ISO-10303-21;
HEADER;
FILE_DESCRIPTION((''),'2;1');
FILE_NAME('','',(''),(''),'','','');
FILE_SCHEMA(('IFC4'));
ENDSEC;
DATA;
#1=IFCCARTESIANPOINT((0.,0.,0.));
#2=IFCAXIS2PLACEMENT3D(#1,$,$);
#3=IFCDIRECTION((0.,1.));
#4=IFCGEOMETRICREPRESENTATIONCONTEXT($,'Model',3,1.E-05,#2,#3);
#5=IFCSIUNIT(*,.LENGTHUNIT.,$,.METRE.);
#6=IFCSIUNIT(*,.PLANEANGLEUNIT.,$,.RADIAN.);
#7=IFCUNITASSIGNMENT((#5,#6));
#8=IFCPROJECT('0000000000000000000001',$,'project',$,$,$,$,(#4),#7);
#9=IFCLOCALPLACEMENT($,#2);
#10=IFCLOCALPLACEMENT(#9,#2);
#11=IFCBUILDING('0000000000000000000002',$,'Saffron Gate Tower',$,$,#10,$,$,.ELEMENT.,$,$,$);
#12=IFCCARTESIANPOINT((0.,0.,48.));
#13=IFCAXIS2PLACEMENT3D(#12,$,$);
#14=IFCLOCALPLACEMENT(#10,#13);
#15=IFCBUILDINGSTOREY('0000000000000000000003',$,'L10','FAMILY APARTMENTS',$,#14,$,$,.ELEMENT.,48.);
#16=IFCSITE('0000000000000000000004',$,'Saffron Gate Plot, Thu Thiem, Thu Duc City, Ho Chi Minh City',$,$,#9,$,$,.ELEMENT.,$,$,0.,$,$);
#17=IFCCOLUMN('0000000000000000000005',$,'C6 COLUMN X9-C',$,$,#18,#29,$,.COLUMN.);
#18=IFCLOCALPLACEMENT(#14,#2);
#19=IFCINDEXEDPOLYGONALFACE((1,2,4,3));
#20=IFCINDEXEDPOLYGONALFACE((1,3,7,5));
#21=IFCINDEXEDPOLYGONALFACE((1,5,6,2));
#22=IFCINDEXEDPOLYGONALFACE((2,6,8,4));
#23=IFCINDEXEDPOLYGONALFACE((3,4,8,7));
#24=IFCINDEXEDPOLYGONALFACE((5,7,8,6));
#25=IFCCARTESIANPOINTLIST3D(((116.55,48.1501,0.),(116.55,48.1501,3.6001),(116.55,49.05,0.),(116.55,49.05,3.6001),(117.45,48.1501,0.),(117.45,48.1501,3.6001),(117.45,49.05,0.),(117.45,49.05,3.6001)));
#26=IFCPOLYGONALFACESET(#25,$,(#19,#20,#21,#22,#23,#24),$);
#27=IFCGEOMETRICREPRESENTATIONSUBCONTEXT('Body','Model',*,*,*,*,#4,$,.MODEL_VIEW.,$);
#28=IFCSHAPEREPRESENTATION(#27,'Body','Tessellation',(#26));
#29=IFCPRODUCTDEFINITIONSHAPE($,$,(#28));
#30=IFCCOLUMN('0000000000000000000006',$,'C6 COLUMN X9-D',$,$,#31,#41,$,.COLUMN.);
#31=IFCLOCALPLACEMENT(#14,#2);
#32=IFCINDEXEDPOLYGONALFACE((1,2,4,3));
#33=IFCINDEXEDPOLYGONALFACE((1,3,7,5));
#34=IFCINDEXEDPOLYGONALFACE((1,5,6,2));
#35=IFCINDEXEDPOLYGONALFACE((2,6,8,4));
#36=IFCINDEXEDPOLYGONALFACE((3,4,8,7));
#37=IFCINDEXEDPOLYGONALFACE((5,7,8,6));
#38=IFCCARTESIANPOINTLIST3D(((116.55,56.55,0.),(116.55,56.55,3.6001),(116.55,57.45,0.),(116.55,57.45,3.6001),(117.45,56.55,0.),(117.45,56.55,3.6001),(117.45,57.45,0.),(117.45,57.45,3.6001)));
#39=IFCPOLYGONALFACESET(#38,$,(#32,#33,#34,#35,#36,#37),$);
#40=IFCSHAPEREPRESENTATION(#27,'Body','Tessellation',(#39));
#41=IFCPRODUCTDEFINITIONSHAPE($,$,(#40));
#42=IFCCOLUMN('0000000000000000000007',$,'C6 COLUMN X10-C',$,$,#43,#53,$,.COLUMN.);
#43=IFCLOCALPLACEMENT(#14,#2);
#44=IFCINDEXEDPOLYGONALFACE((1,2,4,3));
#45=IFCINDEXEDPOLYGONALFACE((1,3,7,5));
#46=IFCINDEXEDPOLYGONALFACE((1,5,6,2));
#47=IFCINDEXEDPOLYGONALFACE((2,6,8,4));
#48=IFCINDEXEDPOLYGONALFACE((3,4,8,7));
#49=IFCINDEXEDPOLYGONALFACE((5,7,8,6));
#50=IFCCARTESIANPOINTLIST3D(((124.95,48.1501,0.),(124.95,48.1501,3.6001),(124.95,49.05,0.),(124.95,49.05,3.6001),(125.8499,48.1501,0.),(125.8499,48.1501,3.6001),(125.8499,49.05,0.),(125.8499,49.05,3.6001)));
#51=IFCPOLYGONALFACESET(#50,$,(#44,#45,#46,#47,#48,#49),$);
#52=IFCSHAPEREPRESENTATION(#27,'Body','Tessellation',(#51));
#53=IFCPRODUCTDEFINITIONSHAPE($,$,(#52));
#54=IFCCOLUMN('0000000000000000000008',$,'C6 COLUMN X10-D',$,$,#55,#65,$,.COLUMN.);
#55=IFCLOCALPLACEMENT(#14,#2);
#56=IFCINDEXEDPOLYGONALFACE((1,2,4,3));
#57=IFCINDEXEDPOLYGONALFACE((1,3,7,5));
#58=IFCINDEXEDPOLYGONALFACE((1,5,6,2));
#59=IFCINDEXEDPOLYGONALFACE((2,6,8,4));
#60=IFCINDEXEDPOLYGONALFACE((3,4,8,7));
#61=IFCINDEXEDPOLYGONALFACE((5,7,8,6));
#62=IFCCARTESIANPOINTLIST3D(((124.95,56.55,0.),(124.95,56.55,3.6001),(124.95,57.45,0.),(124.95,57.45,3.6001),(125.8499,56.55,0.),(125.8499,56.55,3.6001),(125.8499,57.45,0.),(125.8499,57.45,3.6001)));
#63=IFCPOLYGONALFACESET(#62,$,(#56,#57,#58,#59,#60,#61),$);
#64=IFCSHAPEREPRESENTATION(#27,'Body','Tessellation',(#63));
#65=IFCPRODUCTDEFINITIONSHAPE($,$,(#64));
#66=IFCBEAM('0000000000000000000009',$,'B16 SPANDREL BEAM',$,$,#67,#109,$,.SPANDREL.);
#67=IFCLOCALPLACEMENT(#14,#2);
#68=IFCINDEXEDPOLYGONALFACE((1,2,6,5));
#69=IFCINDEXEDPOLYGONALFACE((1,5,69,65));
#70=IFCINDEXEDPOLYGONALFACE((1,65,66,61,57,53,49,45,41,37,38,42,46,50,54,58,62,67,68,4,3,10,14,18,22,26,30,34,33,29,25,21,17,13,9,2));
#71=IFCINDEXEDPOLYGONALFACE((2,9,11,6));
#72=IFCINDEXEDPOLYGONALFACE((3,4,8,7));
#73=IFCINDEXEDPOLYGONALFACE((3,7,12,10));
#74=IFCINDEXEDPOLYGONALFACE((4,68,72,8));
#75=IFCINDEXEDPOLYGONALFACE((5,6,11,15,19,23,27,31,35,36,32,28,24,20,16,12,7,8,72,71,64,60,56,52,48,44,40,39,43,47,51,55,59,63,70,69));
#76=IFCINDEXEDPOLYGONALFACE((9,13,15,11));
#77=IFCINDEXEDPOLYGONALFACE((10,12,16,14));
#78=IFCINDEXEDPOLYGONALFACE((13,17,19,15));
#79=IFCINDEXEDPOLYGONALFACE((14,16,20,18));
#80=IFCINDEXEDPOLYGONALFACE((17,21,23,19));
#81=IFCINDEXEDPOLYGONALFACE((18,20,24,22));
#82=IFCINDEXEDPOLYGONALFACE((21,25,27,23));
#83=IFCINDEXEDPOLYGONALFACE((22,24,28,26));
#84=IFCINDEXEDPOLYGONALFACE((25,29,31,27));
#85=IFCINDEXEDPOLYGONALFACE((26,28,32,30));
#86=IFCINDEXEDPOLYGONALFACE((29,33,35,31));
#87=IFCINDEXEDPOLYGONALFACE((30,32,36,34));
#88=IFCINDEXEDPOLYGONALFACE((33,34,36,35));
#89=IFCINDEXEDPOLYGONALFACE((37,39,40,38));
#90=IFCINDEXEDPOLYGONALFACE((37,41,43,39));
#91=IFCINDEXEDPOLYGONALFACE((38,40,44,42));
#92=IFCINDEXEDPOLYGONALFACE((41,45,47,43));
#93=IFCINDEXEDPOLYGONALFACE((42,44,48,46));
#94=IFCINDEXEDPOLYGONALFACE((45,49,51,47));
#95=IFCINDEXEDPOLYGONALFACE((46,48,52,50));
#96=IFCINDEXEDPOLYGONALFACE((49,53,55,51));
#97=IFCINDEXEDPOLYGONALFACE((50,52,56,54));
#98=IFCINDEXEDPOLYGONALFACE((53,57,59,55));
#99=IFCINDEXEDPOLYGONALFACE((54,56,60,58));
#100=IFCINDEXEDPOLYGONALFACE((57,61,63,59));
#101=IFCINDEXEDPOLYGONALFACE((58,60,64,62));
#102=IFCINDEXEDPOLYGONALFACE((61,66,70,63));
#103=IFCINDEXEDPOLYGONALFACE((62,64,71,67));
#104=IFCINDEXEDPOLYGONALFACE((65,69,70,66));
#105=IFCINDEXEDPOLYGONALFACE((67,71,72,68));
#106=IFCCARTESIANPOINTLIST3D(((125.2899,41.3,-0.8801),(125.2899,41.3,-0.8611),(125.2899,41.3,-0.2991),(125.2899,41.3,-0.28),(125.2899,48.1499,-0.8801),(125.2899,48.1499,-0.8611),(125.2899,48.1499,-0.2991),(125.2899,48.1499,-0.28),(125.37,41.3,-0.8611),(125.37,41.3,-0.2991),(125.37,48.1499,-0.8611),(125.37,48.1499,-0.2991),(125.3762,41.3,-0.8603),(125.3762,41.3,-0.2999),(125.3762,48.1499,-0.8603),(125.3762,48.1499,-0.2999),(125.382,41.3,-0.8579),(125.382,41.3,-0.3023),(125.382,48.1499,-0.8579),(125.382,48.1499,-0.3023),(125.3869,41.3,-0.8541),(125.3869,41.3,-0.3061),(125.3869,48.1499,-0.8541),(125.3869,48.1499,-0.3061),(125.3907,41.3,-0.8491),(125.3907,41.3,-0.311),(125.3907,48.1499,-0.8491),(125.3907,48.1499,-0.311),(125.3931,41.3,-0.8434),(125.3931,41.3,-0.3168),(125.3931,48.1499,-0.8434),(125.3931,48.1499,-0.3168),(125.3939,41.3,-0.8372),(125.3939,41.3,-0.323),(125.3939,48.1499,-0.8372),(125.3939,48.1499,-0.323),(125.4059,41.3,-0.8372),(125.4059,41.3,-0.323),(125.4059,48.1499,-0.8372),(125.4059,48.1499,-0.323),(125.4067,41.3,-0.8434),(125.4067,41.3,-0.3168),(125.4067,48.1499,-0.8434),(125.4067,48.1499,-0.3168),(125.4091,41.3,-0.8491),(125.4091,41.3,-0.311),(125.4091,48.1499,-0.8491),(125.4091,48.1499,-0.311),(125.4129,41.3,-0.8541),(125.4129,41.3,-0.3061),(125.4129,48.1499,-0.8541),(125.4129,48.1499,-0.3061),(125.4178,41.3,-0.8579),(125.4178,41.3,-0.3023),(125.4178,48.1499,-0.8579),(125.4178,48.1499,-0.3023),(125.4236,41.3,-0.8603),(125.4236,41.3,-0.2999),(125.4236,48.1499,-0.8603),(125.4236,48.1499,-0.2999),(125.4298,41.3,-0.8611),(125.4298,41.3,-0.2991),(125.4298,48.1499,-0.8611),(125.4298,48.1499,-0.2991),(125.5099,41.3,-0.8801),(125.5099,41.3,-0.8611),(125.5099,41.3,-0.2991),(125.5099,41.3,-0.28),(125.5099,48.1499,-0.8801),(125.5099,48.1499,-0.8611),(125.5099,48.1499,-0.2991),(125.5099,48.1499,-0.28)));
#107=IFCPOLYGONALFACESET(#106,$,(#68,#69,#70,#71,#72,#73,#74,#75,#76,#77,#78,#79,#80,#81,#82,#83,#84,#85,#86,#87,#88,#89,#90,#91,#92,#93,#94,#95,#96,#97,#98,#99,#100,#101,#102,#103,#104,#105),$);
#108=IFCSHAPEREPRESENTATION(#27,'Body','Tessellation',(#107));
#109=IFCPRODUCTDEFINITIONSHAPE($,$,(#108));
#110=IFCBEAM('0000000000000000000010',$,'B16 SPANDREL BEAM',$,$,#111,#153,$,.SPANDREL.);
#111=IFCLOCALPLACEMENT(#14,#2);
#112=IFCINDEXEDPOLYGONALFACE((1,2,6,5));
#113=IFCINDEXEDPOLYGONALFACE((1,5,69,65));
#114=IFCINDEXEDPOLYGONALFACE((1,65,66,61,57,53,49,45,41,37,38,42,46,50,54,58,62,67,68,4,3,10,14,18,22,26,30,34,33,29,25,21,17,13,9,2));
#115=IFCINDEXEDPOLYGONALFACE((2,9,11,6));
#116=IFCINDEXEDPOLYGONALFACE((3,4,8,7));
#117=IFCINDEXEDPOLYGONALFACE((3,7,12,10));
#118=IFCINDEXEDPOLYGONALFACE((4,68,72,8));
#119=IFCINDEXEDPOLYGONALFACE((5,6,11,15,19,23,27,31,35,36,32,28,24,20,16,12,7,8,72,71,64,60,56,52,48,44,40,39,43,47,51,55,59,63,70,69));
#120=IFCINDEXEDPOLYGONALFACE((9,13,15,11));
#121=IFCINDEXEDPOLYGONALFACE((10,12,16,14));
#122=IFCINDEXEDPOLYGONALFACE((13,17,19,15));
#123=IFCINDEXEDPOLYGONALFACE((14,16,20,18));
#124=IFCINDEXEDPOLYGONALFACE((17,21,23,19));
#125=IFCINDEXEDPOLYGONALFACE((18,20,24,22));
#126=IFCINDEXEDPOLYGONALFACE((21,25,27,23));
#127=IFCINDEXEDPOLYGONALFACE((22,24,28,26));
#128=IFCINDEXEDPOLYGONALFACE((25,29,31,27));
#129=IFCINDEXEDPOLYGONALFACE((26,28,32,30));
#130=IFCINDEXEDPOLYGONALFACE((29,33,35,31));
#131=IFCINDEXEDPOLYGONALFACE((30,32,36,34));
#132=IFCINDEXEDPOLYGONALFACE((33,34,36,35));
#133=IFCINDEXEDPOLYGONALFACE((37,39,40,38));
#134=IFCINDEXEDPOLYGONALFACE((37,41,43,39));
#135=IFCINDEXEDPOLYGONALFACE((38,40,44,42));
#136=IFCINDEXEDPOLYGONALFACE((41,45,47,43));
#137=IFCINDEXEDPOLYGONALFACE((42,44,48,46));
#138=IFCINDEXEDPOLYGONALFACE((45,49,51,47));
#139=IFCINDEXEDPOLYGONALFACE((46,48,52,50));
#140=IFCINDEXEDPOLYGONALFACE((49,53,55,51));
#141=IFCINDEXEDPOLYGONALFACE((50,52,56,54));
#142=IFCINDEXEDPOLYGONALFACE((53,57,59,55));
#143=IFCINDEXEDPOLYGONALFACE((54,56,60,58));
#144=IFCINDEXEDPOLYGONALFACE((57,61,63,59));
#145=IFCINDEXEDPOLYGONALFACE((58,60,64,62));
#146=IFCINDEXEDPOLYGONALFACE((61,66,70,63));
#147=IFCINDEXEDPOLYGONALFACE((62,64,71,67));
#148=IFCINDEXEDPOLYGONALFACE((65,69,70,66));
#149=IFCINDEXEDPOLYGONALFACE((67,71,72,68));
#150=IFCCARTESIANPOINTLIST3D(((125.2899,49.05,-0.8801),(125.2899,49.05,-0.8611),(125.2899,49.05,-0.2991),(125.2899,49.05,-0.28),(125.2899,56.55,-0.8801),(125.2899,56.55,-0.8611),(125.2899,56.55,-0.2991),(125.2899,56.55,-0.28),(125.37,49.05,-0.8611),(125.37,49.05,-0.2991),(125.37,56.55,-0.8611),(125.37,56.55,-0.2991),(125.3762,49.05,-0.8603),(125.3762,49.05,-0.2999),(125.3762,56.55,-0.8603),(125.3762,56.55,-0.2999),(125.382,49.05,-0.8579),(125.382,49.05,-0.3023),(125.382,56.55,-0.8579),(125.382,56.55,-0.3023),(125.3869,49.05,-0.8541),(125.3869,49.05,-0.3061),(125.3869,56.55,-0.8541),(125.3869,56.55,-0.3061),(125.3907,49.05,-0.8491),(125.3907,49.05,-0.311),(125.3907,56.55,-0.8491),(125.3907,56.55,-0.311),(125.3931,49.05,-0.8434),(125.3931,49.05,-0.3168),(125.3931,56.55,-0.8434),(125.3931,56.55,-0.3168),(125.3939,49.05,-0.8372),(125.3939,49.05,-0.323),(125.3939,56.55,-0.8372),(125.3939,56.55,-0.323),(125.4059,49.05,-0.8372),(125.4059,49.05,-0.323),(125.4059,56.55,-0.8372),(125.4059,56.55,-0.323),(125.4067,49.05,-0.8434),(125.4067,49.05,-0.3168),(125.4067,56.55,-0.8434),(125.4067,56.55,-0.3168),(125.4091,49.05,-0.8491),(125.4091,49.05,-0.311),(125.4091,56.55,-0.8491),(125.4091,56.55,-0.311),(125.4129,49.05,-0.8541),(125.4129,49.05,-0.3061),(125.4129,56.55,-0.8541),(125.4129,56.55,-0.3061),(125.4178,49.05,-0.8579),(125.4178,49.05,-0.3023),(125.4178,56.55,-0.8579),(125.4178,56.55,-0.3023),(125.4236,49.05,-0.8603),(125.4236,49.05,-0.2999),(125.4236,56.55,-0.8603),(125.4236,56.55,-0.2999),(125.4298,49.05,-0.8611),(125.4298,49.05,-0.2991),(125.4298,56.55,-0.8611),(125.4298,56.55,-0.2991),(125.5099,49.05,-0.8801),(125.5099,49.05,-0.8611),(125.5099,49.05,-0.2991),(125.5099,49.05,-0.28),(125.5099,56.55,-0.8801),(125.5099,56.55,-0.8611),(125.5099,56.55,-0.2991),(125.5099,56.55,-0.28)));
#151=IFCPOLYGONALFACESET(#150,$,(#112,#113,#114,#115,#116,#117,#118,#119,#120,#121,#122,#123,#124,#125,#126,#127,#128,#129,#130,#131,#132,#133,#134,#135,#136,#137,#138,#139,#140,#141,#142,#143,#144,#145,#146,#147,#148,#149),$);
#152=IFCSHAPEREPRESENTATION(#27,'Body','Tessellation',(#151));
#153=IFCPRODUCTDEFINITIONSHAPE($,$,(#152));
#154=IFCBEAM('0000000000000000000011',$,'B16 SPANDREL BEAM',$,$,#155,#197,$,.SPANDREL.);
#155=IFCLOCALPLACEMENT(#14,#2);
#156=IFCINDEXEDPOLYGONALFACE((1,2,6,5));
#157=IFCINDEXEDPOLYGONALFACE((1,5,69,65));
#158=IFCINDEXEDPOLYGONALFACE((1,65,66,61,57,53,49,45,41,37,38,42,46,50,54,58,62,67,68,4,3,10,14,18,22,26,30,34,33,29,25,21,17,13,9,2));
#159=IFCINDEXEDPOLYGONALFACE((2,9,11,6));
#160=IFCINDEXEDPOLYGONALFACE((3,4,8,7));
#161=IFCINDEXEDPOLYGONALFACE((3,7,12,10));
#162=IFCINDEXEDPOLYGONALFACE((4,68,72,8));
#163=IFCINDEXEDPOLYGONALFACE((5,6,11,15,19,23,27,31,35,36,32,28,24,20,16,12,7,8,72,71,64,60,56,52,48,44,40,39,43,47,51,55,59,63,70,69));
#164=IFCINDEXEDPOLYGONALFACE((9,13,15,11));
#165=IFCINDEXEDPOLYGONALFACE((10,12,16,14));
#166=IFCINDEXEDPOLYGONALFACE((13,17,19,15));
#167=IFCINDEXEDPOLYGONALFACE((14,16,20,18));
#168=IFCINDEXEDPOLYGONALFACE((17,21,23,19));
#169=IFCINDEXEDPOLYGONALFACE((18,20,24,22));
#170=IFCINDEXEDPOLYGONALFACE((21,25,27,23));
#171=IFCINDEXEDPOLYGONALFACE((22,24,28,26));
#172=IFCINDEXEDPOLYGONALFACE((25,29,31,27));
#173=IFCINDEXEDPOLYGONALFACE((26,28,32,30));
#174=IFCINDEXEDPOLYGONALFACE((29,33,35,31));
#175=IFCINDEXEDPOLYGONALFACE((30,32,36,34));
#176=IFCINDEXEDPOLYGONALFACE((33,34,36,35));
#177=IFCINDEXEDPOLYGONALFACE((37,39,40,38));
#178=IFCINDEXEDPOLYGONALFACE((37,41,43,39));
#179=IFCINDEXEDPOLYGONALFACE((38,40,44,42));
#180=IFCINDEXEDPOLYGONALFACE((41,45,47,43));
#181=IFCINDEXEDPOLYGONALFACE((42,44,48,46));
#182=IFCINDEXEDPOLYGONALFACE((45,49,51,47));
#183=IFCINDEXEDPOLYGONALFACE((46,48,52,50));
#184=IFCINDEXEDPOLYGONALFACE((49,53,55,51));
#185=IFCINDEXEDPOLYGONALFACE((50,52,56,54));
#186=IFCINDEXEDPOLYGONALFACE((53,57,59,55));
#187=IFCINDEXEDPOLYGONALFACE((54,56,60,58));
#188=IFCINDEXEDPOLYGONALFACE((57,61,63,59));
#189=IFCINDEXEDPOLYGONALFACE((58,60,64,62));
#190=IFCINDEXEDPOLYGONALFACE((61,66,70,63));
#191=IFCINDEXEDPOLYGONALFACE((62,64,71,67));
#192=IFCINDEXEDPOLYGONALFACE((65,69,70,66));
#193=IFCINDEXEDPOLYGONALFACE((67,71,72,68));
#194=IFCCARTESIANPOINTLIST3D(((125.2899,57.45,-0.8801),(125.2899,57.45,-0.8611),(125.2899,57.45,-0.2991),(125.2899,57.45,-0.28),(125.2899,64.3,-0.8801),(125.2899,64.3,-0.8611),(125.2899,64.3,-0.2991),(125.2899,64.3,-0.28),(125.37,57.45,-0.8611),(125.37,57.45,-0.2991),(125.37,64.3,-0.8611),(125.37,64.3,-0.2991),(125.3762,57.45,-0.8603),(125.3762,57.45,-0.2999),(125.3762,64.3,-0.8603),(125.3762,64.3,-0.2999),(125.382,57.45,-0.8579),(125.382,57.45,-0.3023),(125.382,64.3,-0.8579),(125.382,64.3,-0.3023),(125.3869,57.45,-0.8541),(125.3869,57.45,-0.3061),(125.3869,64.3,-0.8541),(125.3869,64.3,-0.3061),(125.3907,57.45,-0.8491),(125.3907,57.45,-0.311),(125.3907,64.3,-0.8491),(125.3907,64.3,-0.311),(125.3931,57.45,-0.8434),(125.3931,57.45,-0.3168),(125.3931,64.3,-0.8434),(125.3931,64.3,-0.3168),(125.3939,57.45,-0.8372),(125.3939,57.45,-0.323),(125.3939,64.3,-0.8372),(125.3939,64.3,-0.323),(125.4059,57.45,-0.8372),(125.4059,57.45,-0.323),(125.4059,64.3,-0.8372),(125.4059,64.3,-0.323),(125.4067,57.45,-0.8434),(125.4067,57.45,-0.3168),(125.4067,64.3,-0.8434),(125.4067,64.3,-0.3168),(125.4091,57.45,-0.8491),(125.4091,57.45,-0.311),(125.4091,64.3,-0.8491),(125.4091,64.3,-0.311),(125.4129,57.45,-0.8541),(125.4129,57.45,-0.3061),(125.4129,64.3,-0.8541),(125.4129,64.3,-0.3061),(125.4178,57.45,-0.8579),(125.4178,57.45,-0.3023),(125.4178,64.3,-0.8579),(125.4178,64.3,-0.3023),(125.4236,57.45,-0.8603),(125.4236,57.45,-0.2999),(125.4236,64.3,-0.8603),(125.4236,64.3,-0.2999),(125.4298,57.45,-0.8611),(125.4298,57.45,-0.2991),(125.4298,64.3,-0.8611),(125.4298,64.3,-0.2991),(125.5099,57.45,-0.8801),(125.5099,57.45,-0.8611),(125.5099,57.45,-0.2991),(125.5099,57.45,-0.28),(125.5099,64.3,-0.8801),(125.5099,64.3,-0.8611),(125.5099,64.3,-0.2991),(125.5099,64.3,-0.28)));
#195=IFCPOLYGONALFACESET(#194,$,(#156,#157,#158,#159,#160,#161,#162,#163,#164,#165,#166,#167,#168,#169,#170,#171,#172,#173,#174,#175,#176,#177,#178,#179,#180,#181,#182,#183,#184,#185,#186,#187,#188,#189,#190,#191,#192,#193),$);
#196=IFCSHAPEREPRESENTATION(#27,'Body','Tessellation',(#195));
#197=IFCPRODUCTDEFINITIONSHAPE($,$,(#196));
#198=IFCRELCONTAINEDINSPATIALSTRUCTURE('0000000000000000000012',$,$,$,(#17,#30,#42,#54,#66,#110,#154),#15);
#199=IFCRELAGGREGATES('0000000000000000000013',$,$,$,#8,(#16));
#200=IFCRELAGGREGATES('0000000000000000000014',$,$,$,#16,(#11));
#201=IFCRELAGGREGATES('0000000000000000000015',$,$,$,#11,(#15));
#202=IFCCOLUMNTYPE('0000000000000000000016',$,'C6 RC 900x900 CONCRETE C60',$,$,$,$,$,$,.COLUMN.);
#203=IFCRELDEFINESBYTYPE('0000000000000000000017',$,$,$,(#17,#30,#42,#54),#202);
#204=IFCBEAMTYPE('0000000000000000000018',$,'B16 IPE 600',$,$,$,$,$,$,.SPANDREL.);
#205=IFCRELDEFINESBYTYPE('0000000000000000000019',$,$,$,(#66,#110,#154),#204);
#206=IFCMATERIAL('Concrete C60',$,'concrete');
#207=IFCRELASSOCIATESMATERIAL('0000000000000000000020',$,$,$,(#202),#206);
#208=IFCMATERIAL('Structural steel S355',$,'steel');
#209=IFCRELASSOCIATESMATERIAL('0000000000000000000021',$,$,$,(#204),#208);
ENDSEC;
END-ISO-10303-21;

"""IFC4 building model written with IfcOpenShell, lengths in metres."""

from ifc_helpers import new_model, si_unit, direction, frame, origin, origin_2d, place, context, subcontext, project, spatial, rectangle, i_section, extrude, material, material_profile, profile_set, type_object, element, save


model = new_model("IFC4")

# Units and contexts
model_context = context("Model", 3, precision=1e-05, world=origin(), true_north=direction((0.0, 1.0)))
body_context = subcontext(model_context, "Body", "Model", "MODEL_VIEW")
ifc_project = project(units=[si_unit("LENGTHUNIT", "METRE"), si_unit("PLANEANGLEUNIT", "RADIAN")], contexts=[model_context])

# Site, building, storey
site_placement = place(None, origin())
site = spatial("IfcSite", under=ifc_project, at=site_placement, Name="Saffron Gate Plot, Thu Thiem, Thu Duc City, Ho Chi Minh City", CompositionType="ELEMENT", RefElevation=0.0)
building_placement = place(site_placement, origin())
building = spatial("IfcBuilding", under=site, at=building_placement, Name="Saffron Gate Tower", CompositionType="ELEMENT")
storey_placement = place(building_placement, frame((0.0, 0.0, 48.0)))
storey = spatial("IfcBuildingStorey", under=building, at=storey_placement, Name="L10", Description="FAMILY APARTMENTS", CompositionType="ELEMENT", Elevation=48.0)

# Columns
ifc_material_1 = material(Name="Concrete C60", Category="concrete")
ifc_material_profile_1 = material_profile(ifc_material_1, rectangle(XDim=0.8999, YDim=0.8999, at=origin_2d()))
ifc_profile_set_1 = profile_set([ifc_material_profile_1], Name="Concrete C60")
column_type = type_object("IfcColumnType", Name="C6 RC 900x900 CONCRETE C60", PredefinedType="COLUMN", material=ifc_profile_set_1)
for number, where, z_axis, x_axis, name in (
    (1, (117.0, 48.6001, 0.0), (0.0, 0.0, 1.0), (1.0, 0.0, 0.0), "C6 COLUMN X9-C"),
    (2, (117.0, 57.0, 0.0), (0.0, 0.0, 1.0), (1.0, 0.0, 0.0), "C6 COLUMN X9-D"),
    (3, (125.3999, 48.6001, 0.0), (0.0, 0.0, 1.0), (1.0, 0.0, 0.0), "C6 COLUMN X10-C"),
    (4, (125.3999, 57.0, 0.0), (0.0, 0.0, 1.0), (1.0, 0.0, 0.0), "C6 COLUMN X10-D"),
):
    element("IfcColumn", number, at=place(storey_placement, frame(where, z_axis=z_axis, x_axis=x_axis)), inside=storey, type_object=column_type, Name=name, PredefinedType="COLUMN", context=body_context, shape_type="SweptSolid", body=[
        extrude(rectangle(XDim=0.8999, YDim=0.8999, at=origin_2d()), origin(), (0.0, 0.0, 1.0), 3.6001),
    ])

# Beams
ifc_material_2 = material(Name="Structural steel S355", Category="steel")
ifc_material_profile_2 = material_profile(ifc_material_2, i_section(OverallWidth=0.22, OverallDepth=0.6001, WebThickness=0.012, FlangeThickness=0.019, FilletRadius=0.0239, at=origin_2d()))
ifc_profile_set_2 = profile_set([ifc_material_profile_2], Name="Structural steel S355")
beam_type = type_object("IfcBeamType", Name="B16 IPE 600", PredefinedType="SPANDREL", material=ifc_profile_set_2)
beam_1_placement = place(storey_placement, frame((125.3999, 41.3, -0.5801), z_axis=(0.0, 1.0, 0.0), x_axis=(-1.0, 0.0, 0.0)))
element("IfcBeam", 5, at=beam_1_placement, inside=storey, type_object=beam_type, Name="B16 SPANDREL BEAM", PredefinedType="SPANDREL", context=body_context, shape_type="SweptSolid", body=[
    extrude(i_section(OverallWidth=0.22, OverallDepth=0.6001, WebThickness=0.012, FlangeThickness=0.019, FilletRadius=0.0239, at=origin_2d()), origin(), (0.0, 0.0, 1.0), 6.8499),
])
beam_2_placement = place(storey_placement, frame((125.3999, 49.05, -0.5801), z_axis=(0.0, 1.0, 0.0), x_axis=(-1.0, 0.0, 0.0)))
element("IfcBeam", 6, at=beam_2_placement, inside=storey, type_object=beam_type, Name="B16 SPANDREL BEAM", PredefinedType="SPANDREL", context=body_context, shape_type="SweptSolid", body=[
    extrude(i_section(OverallWidth=0.22, OverallDepth=0.6001, WebThickness=0.012, FlangeThickness=0.019, FilletRadius=0.0239, at=origin_2d()), origin(), (0.0, 0.0, 1.0), 7.5),
])
beam_3_placement = place(storey_placement, frame((125.3999, 57.45, -0.5801), z_axis=(0.0, 1.0, 0.0), x_axis=(-1.0, 0.0, 0.0)))
element("IfcBeam", 7, at=beam_3_placement, inside=storey, type_object=beam_type, Name="B16 SPANDREL BEAM", PredefinedType="SPANDREL", context=body_context, shape_type="SweptSolid", body=[
    extrude(i_section(OverallWidth=0.22, OverallDepth=0.6001, WebThickness=0.012, FlangeThickness=0.019, FilletRadius=0.0239, at=origin_2d()), origin(), (0.0, 0.0, 1.0), 6.8501),
])

save(model, "model.ifc")
